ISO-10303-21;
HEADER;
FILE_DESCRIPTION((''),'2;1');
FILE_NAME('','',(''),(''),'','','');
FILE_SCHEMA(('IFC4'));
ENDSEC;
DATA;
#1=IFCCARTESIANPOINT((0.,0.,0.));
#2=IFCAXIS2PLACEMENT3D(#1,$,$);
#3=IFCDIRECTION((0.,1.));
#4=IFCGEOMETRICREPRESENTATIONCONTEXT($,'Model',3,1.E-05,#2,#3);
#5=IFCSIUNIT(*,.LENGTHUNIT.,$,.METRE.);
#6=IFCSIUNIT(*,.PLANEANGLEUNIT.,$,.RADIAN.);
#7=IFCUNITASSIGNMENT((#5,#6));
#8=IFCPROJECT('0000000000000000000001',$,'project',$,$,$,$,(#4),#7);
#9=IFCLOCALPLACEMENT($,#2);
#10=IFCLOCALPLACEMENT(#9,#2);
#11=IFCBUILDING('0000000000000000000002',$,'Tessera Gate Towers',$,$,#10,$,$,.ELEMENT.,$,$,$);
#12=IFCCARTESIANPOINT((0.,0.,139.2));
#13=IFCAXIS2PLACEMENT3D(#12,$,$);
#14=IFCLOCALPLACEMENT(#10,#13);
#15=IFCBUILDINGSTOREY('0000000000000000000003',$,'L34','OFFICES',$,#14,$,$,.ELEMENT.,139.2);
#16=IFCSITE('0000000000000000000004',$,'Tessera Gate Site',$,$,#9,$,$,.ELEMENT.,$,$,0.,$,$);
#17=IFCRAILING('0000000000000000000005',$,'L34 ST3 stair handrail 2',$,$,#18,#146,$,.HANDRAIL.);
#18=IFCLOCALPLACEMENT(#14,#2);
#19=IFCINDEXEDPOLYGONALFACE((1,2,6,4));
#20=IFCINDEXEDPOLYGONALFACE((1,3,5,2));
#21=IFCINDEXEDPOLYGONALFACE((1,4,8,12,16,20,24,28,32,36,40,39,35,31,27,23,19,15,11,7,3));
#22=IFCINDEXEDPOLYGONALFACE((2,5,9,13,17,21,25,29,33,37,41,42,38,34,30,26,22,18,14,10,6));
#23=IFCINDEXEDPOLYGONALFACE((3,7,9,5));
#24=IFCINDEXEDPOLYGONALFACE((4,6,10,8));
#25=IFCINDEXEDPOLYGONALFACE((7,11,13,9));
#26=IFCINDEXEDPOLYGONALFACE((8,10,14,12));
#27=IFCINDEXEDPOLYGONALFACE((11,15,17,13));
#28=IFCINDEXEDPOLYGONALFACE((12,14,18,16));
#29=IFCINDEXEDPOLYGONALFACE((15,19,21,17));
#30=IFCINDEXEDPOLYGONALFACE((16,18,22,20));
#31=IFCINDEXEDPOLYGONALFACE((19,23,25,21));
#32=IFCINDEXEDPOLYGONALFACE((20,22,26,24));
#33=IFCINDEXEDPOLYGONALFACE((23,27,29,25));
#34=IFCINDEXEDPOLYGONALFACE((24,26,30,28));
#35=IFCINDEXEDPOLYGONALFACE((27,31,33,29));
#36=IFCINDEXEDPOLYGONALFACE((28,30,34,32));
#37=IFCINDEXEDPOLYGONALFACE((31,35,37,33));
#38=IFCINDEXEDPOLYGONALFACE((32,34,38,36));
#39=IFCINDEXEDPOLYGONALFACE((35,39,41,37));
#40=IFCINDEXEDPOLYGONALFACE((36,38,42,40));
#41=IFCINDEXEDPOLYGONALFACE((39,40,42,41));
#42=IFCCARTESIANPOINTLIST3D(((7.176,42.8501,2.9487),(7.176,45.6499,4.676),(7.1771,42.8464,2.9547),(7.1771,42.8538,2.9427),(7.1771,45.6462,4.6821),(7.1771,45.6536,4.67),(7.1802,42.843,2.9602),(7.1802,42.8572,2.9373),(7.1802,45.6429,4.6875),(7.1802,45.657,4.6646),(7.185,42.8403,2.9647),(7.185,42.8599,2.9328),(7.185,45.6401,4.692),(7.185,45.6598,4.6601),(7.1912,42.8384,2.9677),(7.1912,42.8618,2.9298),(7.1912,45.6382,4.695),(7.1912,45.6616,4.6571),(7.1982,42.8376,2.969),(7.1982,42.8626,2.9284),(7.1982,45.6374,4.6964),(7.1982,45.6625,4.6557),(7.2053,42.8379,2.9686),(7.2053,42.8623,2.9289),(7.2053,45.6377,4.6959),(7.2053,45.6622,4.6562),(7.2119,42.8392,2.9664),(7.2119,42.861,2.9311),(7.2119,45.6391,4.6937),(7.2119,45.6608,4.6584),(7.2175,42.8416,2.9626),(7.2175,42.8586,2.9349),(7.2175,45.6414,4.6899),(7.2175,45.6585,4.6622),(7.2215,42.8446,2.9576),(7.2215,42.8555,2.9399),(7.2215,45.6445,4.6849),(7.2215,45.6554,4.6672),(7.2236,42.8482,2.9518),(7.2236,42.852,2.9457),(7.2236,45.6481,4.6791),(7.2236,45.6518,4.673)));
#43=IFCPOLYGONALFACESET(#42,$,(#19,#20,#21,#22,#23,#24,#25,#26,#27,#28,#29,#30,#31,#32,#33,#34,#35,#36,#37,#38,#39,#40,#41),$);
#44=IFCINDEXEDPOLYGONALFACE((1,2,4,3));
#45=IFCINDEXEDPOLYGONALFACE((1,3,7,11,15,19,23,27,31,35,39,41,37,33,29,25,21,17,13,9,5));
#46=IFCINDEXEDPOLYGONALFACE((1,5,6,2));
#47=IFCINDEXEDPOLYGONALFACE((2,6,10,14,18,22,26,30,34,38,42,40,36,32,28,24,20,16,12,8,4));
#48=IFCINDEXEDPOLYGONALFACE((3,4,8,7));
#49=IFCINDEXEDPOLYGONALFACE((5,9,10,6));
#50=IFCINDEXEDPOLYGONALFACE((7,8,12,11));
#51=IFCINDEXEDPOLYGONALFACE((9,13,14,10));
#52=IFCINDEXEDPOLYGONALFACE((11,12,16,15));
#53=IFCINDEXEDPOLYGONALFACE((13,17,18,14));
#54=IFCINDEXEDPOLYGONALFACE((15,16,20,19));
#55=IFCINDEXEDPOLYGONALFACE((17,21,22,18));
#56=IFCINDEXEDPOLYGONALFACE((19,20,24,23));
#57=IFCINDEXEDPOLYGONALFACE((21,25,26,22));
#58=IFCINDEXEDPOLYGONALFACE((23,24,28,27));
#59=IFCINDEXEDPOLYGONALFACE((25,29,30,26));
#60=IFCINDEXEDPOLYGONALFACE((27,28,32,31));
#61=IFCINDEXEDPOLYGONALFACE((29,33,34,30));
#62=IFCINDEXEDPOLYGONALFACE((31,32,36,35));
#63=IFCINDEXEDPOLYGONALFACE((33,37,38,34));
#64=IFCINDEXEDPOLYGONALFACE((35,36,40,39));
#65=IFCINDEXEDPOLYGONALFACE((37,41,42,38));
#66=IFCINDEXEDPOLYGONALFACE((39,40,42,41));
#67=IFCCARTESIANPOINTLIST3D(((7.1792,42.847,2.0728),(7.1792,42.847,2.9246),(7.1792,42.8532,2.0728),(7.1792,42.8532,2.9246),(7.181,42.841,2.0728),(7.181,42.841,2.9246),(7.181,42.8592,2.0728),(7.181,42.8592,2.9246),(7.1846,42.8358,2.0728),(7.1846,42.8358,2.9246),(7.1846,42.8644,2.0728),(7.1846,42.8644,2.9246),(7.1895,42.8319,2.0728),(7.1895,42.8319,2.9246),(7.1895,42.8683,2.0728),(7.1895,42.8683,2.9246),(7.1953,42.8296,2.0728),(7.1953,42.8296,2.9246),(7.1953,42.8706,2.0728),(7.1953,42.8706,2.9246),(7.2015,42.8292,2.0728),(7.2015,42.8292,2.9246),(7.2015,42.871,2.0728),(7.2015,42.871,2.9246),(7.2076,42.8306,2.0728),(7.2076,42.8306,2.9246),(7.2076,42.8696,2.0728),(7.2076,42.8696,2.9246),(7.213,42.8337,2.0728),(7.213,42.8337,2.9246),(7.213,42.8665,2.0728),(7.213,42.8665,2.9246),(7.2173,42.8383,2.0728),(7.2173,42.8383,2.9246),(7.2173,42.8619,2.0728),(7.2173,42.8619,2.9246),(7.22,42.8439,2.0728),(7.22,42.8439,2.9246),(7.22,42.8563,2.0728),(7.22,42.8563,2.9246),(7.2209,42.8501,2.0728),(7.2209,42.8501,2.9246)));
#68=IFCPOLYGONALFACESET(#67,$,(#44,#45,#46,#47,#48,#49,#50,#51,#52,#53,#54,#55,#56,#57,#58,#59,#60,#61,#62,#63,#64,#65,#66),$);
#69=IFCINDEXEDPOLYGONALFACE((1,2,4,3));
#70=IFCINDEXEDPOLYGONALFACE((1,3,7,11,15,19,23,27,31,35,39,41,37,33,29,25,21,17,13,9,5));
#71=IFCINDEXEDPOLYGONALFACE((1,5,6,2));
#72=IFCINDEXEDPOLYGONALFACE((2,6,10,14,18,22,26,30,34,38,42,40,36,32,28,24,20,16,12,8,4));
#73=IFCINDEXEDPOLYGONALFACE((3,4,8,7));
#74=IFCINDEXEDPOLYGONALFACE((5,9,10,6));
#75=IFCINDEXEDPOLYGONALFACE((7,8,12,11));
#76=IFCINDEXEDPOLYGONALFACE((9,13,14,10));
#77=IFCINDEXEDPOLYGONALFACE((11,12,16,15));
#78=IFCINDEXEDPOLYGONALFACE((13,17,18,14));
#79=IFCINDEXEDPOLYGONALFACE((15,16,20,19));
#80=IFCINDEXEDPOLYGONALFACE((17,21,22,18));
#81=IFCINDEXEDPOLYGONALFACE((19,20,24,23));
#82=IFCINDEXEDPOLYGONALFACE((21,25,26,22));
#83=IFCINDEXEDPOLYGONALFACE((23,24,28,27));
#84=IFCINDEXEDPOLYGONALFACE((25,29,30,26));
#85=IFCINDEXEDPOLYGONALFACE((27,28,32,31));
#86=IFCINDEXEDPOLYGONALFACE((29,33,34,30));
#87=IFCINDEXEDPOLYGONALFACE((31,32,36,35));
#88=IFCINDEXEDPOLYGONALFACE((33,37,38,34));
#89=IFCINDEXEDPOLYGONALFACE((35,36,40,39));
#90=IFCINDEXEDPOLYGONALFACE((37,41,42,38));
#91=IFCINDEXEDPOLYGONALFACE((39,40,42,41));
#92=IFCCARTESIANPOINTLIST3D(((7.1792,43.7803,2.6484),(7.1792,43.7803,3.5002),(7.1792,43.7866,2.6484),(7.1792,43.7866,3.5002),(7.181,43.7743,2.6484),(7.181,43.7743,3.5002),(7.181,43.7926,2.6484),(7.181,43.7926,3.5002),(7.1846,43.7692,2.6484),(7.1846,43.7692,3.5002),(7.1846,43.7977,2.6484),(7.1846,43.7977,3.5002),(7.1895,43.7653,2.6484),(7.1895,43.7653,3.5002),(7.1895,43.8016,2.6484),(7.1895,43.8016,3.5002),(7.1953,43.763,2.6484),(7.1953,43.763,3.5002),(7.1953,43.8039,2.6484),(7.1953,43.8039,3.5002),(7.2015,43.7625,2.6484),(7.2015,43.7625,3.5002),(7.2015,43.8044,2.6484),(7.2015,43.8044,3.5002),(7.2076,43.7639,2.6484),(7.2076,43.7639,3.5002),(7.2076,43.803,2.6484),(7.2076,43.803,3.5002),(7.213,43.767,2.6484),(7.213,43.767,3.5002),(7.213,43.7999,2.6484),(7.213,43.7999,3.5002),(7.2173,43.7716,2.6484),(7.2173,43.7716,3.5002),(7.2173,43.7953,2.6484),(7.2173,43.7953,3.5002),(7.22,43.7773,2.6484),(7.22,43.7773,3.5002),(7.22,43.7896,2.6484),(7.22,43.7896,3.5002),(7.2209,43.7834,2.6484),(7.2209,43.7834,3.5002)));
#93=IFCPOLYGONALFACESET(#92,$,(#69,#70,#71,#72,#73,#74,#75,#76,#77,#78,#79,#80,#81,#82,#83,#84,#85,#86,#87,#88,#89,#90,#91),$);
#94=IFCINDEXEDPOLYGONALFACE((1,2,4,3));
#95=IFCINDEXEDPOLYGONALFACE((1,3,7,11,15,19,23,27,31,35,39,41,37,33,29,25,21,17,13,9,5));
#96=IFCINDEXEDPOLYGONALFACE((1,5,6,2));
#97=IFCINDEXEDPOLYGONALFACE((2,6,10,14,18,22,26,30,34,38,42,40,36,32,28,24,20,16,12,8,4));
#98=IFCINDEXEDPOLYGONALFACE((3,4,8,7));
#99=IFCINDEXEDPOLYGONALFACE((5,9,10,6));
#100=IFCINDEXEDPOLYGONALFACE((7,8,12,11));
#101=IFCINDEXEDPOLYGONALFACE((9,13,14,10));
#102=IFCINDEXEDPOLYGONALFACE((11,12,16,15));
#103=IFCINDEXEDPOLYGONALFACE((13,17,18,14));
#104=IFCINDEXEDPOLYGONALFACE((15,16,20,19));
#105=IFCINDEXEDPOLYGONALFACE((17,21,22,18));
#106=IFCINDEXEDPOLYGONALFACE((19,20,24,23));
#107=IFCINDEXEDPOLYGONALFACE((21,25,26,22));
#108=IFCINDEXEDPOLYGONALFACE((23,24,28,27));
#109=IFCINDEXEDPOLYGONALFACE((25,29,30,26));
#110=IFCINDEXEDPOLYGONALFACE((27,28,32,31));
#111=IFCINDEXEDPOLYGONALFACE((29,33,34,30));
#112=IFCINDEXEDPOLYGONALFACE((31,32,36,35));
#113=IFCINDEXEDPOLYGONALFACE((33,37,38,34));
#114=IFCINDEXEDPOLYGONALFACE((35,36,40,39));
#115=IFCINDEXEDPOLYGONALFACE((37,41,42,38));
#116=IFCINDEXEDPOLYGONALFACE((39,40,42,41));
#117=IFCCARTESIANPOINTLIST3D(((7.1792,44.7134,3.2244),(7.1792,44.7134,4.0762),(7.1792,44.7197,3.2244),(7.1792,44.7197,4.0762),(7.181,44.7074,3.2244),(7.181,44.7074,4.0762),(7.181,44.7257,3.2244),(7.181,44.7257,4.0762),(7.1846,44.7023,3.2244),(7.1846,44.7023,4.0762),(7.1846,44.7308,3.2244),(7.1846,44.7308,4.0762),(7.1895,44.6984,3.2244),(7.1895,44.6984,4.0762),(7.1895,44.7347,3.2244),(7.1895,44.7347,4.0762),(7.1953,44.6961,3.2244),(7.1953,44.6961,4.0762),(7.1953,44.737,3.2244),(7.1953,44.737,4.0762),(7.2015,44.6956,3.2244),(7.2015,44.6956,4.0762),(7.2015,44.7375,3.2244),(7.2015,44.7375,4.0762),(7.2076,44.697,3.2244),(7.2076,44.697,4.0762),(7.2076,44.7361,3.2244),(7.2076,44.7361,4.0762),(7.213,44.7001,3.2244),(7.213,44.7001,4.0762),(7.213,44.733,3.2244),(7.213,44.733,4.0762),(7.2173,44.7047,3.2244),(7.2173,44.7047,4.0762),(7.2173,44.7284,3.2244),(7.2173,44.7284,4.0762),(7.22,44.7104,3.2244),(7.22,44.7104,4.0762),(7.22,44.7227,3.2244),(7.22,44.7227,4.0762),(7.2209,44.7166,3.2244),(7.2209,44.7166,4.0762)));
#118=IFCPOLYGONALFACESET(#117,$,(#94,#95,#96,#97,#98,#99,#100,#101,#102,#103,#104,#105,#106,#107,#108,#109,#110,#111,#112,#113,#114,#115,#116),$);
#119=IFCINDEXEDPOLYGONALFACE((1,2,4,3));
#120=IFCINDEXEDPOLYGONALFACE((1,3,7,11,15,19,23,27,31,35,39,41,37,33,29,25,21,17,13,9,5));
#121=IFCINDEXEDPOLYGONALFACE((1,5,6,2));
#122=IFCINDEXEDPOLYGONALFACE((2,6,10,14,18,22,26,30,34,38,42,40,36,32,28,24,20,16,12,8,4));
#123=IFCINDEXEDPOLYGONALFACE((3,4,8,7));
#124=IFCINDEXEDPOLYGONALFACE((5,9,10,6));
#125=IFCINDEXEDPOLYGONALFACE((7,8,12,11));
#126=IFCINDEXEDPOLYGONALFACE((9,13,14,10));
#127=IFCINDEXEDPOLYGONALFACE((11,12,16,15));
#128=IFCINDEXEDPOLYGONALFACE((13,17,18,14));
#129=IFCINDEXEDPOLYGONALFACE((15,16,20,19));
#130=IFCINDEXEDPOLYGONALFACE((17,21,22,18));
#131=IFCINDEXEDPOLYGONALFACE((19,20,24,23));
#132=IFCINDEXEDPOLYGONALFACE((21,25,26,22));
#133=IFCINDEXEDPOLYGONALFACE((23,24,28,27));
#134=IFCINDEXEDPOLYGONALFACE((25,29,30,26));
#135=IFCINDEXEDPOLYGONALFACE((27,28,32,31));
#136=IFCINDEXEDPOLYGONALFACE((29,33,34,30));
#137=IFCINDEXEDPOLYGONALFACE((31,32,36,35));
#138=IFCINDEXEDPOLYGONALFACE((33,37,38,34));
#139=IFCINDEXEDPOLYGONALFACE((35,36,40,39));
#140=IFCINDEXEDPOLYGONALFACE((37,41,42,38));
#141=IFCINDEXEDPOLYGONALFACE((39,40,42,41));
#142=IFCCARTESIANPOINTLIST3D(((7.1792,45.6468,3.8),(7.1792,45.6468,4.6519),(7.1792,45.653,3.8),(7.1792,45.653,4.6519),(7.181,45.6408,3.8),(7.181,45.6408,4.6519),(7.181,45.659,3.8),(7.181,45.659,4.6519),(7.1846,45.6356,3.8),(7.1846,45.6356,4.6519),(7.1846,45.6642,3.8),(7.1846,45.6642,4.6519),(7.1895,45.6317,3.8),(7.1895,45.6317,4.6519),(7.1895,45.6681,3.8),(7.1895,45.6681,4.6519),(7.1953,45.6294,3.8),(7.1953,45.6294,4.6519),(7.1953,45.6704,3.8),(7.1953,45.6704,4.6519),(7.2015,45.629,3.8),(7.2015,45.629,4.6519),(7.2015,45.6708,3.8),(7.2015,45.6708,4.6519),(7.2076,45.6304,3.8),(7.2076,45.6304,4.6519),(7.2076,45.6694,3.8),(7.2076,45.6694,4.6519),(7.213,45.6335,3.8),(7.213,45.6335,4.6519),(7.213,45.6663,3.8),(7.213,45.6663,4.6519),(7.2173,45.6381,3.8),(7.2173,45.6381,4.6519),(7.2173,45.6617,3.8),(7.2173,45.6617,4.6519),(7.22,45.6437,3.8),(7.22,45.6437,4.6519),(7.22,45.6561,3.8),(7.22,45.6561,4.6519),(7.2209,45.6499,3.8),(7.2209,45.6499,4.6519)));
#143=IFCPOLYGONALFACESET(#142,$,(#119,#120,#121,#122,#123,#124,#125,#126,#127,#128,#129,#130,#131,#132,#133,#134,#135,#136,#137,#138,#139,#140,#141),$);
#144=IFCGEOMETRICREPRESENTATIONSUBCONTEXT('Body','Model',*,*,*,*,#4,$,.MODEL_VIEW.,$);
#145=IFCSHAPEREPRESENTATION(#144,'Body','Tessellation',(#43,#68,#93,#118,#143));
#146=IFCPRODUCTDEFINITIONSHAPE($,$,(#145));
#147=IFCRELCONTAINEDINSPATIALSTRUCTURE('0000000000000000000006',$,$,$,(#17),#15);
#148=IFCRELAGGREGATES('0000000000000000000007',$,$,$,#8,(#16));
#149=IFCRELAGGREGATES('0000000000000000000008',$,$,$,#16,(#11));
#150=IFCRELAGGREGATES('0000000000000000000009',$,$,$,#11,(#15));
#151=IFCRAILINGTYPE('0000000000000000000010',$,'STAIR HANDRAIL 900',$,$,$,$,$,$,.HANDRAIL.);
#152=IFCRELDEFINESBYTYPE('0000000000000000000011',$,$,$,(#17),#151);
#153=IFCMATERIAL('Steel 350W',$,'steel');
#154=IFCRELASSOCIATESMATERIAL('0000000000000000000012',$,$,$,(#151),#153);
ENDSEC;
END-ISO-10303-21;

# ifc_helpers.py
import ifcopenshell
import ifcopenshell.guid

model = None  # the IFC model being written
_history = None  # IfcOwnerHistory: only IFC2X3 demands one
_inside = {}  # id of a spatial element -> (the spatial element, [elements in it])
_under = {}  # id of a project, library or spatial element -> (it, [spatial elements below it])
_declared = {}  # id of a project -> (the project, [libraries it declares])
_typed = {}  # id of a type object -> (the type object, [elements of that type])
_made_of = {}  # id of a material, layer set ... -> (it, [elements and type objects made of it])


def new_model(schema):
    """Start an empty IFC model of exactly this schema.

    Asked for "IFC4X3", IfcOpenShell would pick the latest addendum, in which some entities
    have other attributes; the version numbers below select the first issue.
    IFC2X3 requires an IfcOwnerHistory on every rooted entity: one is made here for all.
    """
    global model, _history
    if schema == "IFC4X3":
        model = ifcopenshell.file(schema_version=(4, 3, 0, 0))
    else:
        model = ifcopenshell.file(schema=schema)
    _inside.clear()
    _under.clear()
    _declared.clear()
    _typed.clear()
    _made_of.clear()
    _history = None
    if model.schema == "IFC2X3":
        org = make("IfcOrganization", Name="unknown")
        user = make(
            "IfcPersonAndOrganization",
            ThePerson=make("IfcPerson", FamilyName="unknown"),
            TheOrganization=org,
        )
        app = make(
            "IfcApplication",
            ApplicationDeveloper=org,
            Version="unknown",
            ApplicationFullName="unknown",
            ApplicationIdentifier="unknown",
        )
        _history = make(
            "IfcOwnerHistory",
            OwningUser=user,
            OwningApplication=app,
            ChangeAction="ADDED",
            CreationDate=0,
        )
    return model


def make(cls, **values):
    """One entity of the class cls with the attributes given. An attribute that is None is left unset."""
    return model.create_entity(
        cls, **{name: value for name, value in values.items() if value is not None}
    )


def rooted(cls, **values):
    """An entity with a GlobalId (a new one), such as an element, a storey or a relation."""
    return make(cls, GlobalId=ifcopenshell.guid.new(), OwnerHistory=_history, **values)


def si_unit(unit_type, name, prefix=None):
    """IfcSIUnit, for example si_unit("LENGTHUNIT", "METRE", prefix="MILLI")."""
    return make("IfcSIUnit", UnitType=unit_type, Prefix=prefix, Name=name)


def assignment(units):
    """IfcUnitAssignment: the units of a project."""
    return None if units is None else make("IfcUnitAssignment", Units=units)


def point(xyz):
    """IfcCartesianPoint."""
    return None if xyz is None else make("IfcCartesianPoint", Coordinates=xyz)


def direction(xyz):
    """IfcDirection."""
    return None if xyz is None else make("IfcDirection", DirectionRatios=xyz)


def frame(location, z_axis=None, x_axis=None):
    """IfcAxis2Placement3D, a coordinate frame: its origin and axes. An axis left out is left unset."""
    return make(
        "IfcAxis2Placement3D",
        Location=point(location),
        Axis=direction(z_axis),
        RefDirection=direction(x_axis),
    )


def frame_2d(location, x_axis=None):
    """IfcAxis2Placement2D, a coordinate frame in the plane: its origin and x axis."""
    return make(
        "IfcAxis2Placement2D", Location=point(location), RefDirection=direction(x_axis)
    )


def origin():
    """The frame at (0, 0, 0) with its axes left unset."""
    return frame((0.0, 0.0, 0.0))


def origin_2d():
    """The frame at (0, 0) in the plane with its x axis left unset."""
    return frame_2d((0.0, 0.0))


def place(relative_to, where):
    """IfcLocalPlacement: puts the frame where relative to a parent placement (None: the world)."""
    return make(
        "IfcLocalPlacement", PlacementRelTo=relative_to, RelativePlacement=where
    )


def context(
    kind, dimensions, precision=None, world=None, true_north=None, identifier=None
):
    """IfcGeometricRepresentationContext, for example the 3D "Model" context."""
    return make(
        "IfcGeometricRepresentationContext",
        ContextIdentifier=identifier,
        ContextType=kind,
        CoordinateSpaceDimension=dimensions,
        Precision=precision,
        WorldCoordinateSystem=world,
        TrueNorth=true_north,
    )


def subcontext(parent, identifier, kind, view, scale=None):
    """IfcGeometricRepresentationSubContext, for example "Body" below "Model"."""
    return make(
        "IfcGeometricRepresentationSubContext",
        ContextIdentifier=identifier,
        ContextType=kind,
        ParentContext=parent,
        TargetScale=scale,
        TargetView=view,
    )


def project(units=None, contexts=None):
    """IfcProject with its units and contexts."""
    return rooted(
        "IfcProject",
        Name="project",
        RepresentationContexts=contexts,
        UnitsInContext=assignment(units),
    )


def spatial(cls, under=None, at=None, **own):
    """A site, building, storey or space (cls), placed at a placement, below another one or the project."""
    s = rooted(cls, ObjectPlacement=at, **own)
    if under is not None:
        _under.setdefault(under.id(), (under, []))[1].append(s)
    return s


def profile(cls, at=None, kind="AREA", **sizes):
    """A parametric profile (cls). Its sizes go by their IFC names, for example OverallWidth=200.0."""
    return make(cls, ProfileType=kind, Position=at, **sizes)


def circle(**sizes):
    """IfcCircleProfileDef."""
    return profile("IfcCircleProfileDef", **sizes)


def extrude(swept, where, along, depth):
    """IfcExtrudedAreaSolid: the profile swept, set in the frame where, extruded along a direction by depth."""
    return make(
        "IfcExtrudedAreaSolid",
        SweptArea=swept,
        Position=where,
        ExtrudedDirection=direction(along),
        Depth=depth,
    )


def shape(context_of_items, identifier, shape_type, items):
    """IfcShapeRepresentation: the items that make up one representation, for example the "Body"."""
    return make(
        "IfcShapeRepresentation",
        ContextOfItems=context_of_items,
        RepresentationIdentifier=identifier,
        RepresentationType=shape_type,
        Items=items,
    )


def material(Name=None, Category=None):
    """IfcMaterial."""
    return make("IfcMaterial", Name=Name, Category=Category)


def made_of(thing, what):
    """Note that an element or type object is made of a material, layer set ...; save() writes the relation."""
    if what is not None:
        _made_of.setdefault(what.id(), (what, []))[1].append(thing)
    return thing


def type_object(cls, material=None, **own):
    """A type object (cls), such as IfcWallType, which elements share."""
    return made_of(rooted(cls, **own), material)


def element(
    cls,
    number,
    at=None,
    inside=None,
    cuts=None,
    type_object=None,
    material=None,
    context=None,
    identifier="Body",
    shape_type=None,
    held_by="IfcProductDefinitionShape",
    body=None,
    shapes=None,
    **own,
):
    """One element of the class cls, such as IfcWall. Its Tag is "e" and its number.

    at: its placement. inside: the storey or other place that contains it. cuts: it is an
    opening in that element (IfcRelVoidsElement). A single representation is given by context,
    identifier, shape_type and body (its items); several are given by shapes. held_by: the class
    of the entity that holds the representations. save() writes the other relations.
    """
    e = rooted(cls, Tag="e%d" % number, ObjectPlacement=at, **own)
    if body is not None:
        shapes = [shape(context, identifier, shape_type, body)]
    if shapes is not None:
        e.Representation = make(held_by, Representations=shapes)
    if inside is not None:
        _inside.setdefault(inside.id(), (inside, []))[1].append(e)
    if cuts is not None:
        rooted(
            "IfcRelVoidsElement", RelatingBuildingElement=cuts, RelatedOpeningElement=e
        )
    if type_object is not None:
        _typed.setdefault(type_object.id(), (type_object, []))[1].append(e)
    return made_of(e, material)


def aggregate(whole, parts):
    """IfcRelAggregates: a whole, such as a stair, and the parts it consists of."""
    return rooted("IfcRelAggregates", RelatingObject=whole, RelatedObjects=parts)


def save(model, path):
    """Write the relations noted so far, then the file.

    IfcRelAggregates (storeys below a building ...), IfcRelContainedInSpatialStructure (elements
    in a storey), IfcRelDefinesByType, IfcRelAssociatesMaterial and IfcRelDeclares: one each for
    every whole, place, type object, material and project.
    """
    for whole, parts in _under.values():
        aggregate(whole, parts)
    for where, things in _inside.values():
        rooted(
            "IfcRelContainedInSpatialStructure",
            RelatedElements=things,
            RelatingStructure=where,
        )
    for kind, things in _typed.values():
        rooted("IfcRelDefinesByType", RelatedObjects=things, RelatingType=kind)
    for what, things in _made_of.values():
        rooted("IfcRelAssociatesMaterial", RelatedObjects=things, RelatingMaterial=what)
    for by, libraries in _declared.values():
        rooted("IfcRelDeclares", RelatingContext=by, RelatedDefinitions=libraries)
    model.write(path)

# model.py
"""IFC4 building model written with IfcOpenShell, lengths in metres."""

from ifc_helpers import new_model, si_unit, direction, frame, origin, origin_2d, place, context, subcontext, project, spatial, circle, extrude, material, type_object, element, save


model = new_model("IFC4")

# Units and contexts
model_context = context("Model", 3, precision=1e-05, world=origin(), true_north=direction((0.0, 1.0)))
body_context = subcontext(model_context, "Body", "Model", "MODEL_VIEW")
ifc_project = project(units=[si_unit("LENGTHUNIT", "METRE"), si_unit("PLANEANGLEUNIT", "RADIAN")], contexts=[model_context])

# Site, building, storey
site_placement = place(None, origin())
site = spatial("IfcSite", under=ifc_project, at=site_placement, Name="Tessera Gate Site", CompositionType="ELEMENT", RefElevation=0.0)
building_placement = place(site_placement, origin())
building = spatial("IfcBuilding", under=site, at=building_placement, Name="Tessera Gate Towers", CompositionType="ELEMENT")
storey_placement = place(building_placement, frame((0.0, 0.0, 139.2)))
storey = spatial("IfcBuildingStorey", under=building, at=storey_placement, Name="L34", Description="OFFICES", CompositionType="ELEMENT", Elevation=139.2)

# Railing
ifc_material_1 = material(Name="Steel 350W", Category="steel")
railing_type_1 = type_object("IfcRailingType", Name="STAIR HANDRAIL 900", PredefinedType="HANDRAIL", material=ifc_material_1)
railing_1_placement = place(storey_placement, frame((7.2, 42.8501, 2.0728)))
element("IfcRailing", 1, at=railing_1_placement, inside=storey, type_object=railing_type_1, Name="L34 ST3 stair handrail 2", PredefinedType="HANDRAIL", context=body_context, shape_type="SweptSolid", body=[
    extrude(circle(Radius=0.0239, at=origin_2d()), frame((0.0, 0.0, 0.876), z_axis=(0.0, 0.851069, 0.525054), x_axis=(-1.0, 0.0, 0.0)), (0.0, 0.0, 1.0), 3.2898),
    extrude(circle(Radius=0.021, at=origin_2d()), origin(), (0.0, 0.0, 1.0), 0.8518),
    extrude(circle(Radius=0.021, at=origin_2d()), frame((0.0, 0.9333, 0.5757)), (0.0, 0.0, 1.0), 0.8518),
    extrude(circle(Radius=0.021, at=origin_2d()), frame((0.0, 1.8665, 1.1516)), (0.0, 0.0, 1.0), 0.8518),
    extrude(circle(Radius=0.021, at=origin_2d()), frame((0.0, 2.7998, 1.7273)), (0.0, 0.0, 1.0), 0.8518),
])

save(model, "model.ifc")
